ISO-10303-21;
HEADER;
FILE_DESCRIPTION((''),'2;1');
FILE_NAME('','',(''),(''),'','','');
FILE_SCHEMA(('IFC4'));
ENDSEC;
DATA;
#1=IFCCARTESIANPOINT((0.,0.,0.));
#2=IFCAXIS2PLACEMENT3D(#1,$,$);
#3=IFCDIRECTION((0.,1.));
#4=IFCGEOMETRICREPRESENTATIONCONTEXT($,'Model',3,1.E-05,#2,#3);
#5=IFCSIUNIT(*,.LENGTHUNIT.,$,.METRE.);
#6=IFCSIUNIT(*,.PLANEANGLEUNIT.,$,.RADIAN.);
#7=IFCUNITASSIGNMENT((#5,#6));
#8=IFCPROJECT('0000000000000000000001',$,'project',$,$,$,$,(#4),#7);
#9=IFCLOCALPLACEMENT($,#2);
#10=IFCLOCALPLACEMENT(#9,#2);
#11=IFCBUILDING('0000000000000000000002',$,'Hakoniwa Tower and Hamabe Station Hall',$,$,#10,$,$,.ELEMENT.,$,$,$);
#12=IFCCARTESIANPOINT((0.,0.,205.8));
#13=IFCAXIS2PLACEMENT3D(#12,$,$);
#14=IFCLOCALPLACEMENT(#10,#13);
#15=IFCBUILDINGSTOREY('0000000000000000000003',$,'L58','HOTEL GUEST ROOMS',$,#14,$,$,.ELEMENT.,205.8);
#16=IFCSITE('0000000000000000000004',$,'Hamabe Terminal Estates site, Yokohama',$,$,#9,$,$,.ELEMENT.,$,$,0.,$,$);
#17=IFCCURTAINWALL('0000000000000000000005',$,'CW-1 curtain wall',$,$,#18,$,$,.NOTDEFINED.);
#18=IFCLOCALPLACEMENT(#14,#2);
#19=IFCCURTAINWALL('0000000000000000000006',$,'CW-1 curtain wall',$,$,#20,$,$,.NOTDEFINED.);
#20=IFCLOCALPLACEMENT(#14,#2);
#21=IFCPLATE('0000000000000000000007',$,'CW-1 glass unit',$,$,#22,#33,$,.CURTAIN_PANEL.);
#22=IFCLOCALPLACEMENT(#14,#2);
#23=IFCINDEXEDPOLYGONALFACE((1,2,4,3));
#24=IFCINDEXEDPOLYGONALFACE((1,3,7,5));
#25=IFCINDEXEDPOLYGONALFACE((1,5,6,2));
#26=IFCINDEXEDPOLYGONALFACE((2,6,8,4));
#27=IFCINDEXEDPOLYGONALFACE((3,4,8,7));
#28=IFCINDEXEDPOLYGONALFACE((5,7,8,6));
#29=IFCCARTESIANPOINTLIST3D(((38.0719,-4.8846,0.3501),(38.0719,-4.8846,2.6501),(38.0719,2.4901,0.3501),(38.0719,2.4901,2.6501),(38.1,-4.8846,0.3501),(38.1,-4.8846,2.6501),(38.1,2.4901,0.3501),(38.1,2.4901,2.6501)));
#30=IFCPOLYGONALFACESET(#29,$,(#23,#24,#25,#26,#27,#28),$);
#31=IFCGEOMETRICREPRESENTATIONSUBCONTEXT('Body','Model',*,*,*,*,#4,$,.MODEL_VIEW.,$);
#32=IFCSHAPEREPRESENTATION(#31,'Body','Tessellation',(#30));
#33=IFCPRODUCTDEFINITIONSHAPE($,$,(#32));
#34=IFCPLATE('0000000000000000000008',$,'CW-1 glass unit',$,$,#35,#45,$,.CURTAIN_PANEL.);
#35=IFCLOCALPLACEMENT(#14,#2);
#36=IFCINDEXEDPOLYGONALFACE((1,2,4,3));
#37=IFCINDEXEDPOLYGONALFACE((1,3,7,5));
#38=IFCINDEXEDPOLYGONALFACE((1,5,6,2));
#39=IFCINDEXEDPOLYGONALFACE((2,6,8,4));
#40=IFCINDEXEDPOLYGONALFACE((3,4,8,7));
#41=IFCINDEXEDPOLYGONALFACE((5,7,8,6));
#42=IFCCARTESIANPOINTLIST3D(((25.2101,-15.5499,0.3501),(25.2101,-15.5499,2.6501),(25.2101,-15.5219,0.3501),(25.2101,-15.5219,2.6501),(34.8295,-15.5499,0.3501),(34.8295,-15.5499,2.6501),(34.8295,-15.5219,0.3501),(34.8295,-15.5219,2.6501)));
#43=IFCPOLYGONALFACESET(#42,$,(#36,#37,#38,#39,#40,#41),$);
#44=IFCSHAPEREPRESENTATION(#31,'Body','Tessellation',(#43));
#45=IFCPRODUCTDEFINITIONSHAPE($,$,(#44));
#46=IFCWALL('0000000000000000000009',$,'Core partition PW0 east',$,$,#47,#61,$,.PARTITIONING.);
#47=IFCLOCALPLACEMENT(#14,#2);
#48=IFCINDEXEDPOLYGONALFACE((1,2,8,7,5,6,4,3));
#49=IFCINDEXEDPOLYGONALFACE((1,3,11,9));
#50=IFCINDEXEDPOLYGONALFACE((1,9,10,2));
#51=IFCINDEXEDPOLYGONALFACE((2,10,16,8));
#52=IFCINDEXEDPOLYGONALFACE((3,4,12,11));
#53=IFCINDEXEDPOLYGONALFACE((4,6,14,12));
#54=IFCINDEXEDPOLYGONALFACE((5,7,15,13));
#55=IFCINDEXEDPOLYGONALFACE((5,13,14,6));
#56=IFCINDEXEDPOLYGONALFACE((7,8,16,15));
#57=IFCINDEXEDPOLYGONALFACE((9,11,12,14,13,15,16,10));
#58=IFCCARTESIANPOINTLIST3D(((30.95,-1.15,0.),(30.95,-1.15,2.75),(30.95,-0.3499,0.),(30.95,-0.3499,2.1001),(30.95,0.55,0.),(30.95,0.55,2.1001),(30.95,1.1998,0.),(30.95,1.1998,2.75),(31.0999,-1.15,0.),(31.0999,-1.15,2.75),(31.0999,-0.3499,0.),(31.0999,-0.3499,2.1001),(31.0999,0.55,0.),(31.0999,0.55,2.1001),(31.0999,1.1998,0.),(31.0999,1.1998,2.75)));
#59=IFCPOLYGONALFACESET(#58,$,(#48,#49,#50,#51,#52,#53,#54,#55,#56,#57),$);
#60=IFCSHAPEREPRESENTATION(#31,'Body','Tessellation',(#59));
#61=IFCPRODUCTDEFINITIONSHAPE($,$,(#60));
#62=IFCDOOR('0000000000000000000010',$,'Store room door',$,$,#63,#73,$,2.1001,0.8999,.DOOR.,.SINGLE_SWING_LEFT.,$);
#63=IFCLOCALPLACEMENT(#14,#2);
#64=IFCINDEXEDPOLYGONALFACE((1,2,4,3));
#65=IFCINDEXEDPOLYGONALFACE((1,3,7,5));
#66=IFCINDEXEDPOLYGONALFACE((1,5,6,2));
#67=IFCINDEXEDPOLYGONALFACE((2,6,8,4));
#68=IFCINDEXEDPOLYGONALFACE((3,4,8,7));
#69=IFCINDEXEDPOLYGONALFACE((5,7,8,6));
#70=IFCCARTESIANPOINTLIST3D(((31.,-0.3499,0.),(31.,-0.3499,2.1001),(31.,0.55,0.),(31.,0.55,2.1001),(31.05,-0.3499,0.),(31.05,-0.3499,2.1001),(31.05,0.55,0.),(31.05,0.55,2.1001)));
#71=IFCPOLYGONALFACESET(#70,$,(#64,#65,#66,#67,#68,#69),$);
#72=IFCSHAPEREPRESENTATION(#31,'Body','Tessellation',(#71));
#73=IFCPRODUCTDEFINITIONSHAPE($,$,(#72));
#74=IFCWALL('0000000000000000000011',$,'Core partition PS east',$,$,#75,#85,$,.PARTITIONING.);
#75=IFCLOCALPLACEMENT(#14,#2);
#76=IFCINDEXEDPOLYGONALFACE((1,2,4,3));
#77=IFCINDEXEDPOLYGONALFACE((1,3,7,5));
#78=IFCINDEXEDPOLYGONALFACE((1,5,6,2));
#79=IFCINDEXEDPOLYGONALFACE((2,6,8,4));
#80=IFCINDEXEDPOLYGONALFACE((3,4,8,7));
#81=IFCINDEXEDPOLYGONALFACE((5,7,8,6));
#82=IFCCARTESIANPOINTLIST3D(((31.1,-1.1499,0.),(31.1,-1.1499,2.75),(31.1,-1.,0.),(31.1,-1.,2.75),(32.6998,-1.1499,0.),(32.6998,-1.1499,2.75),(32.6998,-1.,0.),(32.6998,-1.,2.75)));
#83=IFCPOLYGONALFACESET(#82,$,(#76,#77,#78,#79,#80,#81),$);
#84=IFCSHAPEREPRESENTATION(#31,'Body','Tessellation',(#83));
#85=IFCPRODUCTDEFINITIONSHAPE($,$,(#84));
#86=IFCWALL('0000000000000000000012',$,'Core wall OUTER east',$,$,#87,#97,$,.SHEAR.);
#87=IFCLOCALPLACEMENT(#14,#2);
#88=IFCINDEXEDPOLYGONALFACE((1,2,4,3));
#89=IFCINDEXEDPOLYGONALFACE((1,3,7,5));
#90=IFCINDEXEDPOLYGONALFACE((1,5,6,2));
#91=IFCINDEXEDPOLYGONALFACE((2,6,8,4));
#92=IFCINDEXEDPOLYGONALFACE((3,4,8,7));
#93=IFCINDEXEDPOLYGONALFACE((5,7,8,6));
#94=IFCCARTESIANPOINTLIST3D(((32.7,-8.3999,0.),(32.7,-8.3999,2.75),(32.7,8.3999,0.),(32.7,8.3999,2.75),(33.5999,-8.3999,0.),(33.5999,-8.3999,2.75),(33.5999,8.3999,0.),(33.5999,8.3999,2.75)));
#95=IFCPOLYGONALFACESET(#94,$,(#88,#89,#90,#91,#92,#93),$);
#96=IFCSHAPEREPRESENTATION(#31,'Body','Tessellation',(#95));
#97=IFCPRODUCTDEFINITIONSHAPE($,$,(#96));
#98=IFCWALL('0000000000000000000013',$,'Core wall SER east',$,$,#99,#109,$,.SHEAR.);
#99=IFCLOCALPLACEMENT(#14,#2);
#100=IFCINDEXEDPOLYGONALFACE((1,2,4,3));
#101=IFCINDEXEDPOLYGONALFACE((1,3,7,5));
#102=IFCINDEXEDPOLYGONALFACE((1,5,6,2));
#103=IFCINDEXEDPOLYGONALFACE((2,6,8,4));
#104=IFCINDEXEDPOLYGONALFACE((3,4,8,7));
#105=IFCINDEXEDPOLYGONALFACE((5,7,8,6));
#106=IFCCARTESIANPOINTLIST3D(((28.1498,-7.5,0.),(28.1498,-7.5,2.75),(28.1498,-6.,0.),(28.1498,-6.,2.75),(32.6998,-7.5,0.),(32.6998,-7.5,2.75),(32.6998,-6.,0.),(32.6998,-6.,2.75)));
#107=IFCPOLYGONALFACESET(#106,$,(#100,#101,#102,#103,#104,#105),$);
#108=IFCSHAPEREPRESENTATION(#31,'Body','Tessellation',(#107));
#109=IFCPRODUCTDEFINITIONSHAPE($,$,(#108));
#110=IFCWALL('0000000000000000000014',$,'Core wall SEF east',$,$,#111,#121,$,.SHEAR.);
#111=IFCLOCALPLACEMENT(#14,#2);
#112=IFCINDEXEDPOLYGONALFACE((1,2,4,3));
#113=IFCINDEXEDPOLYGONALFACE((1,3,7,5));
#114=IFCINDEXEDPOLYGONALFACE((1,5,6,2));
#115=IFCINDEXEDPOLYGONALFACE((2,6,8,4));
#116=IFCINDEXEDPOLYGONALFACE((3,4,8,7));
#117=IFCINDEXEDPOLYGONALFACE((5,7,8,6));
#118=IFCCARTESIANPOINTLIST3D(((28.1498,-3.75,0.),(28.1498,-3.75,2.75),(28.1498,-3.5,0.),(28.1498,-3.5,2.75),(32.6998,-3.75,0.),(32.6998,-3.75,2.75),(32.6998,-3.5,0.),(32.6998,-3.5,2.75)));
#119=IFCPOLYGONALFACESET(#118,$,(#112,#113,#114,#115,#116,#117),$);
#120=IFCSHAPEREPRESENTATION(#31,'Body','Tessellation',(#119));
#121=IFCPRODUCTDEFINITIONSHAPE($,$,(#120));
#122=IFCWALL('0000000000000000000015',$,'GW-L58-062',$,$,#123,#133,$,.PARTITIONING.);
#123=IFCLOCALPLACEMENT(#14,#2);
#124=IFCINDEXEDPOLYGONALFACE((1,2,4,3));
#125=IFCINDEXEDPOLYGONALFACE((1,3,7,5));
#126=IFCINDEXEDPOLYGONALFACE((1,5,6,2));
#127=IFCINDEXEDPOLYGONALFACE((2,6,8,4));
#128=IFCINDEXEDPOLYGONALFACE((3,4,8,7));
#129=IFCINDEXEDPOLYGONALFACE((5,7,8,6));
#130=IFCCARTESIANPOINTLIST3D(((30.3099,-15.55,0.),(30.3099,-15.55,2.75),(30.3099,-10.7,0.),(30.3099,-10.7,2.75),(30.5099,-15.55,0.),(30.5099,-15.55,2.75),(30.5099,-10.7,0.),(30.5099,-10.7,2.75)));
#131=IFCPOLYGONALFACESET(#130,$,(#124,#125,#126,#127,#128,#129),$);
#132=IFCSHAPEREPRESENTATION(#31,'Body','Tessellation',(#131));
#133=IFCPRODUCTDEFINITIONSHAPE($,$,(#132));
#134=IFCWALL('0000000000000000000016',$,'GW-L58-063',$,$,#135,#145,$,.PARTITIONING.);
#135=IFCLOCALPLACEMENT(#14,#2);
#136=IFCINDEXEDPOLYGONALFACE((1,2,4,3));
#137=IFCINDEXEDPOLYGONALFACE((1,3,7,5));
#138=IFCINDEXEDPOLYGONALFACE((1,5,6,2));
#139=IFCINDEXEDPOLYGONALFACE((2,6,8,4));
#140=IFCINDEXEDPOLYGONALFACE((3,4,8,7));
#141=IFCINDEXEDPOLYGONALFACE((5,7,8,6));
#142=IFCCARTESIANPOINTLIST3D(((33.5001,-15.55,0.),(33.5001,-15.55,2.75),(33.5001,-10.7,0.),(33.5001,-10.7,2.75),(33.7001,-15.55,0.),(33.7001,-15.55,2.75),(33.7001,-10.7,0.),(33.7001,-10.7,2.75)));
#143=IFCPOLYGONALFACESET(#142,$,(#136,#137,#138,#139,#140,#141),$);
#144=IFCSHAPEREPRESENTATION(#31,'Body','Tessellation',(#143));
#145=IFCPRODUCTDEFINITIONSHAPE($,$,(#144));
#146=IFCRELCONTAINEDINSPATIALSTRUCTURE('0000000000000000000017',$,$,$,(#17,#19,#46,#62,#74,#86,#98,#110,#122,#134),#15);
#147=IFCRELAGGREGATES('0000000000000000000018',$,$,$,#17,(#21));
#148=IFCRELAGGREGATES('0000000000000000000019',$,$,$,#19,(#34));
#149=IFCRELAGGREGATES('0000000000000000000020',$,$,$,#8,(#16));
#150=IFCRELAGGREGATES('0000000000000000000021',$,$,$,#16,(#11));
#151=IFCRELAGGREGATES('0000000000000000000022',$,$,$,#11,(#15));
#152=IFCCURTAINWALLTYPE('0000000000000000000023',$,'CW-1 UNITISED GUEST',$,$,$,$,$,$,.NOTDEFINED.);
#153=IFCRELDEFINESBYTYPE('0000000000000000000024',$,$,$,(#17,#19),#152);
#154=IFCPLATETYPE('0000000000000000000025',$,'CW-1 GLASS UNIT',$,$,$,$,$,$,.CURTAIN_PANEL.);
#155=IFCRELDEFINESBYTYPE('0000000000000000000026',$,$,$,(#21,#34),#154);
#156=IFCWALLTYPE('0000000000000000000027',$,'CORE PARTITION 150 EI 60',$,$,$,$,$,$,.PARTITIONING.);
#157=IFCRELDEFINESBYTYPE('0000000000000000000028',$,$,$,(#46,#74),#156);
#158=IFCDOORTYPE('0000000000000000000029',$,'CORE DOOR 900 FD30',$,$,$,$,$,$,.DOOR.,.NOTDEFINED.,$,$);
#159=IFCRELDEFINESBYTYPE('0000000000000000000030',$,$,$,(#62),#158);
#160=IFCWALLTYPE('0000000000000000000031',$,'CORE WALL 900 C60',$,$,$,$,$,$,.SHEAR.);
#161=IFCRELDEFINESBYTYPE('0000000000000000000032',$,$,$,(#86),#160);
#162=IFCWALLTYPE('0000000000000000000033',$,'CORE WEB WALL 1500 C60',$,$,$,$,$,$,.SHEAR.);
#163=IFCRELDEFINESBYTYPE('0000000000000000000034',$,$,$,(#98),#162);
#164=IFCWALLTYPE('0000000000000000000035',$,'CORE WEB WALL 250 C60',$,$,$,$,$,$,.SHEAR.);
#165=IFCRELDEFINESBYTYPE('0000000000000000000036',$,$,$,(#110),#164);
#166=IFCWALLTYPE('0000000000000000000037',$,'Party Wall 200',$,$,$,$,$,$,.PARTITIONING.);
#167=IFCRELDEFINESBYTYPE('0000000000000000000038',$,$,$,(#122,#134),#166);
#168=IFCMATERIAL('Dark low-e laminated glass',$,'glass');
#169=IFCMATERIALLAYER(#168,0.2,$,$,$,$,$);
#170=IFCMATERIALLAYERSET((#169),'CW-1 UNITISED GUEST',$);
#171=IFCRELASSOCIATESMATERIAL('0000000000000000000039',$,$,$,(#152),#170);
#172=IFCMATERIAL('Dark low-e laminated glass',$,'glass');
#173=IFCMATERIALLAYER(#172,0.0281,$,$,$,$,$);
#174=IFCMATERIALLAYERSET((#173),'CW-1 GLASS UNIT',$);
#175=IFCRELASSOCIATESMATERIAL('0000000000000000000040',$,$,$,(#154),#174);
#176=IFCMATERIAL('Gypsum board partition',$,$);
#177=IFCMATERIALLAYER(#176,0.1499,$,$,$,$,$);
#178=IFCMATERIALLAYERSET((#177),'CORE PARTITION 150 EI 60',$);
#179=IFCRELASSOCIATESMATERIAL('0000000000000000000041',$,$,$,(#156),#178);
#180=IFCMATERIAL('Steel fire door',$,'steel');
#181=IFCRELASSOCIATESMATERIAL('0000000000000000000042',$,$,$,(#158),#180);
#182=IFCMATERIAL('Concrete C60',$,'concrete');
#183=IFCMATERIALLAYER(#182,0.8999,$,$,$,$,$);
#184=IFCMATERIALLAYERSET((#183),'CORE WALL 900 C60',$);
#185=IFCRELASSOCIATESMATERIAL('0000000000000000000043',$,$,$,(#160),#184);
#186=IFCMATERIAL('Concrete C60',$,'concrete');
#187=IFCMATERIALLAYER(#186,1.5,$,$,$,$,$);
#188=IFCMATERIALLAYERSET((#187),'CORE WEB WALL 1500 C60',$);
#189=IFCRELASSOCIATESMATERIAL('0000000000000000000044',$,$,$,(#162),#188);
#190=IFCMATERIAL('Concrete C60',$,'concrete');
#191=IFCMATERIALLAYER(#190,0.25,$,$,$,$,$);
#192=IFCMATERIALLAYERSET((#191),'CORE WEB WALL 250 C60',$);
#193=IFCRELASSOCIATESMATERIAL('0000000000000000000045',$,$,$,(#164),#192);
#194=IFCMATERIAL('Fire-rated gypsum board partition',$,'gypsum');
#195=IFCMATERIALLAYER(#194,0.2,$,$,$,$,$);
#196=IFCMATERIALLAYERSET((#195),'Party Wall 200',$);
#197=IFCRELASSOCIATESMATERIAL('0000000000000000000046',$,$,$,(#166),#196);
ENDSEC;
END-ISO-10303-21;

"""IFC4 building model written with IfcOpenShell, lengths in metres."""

from ifc_helpers import new_model, si_unit, direction, frame, frame_2d, origin, origin_2d, place, context, subcontext, project, spatial, rectangle, extrude, material, layer, layer_set, type_object, element, fill, aggregate, save


model = new_model("IFC4")

# Units and contexts
model_context = context("Model", 3, precision=1e-05, world=origin(), true_north=direction((0.0, 1.0)))
body_context = subcontext(model_context, "Body", "Model", "MODEL_VIEW")
ifc_project = project(units=[si_unit("LENGTHUNIT", "METRE"), si_unit("PLANEANGLEUNIT", "RADIAN")], contexts=[model_context])

# Site, building, storey
site_placement = place(None, origin())
site = spatial("IfcSite", under=ifc_project, at=site_placement, Name="Hamabe Terminal Estates site, Yokohama", CompositionType="ELEMENT", RefElevation=0.0)
building_placement = place(site_placement, origin())
building = spatial("IfcBuilding", under=site, at=building_placement, Name="Hakoniwa Tower and Hamabe Station Hall", CompositionType="ELEMENT")
storey_placement = place(building_placement, frame((0.0, 0.0, 205.8)))
storey = spatial("IfcBuildingStorey", under=building, at=storey_placement, Name="L58", Description="HOTEL GUEST ROOMS", CompositionType="ELEMENT", Elevation=205.8)

# Curtain wall
ifc_material_1 = material(Name="Dark low-e laminated glass", Category="glass")
ifc_layer_1 = layer(ifc_material_1, 0.2)
ifc_layer_set_1 = layer_set([ifc_layer_1], Name="CW-1 UNITISED GUEST")
curtain_wall_type = type_object("IfcCurtainWallType", Name="CW-1 UNITISED GUEST", PredefinedType="NOTDEFINED", material=ifc_layer_set_1)
curtain_wall_1_placement = place(storey_placement, origin())
curtain_wall_1 = element("IfcCurtainWall", 1, at=curtain_wall_1_placement, inside=storey, type_object=curtain_wall_type, Name="CW-1 curtain wall", PredefinedType="NOTDEFINED")

# Curtain wall
curtain_wall_2_placement = place(storey_placement, origin())
curtain_wall_2 = element("IfcCurtainWall", 2, at=curtain_wall_2_placement, inside=storey, type_object=curtain_wall_type, Name="CW-1 curtain wall", PredefinedType="NOTDEFINED")

# Plates
ifc_material_2 = material(Name="Dark low-e laminated glass", Category="glass")
ifc_layer_2 = layer(ifc_material_2, 0.0281)
ifc_layer_set_2 = layer_set([ifc_layer_2], Name="CW-1 GLASS UNIT")
plate_type = type_object("IfcPlateType", Name="CW-1 GLASS UNIT", PredefinedType="CURTAIN_PANEL", material=ifc_layer_set_2)
plate_1_placement = place(storey_placement, frame((38.0859, -1.1973, 0.3501), z_axis=(0.0, 0.0, 1.0), x_axis=(0.0, 1.0, 0.0)))
plate_1 = element("IfcPlate", 3, at=plate_1_placement, type_object=plate_type, Name="CW-1 glass unit", PredefinedType="CURTAIN_PANEL", context=body_context, shape_type="SweptSolid", body=[
    extrude(rectangle(XDim=7.3748, YDim=0.0281, at=origin_2d()), origin(), (0.0, 0.0, 1.0), 2.3),
])
aggregate(curtain_wall_1, [plate_1])
plate_2_placement = place(storey_placement, frame((30.0198, -15.5359, 0.3501), z_axis=(0.0, 0.0, 1.0), x_axis=(1.0, 0.0, 0.0)))
plate_2 = element("IfcPlate", 4, at=plate_2_placement, type_object=plate_type, Name="CW-1 glass unit", PredefinedType="CURTAIN_PANEL", context=body_context, shape_type="SweptSolid", body=[
    extrude(rectangle(XDim=9.6194, YDim=0.0281, at=origin_2d()), origin(), (0.0, 0.0, 1.0), 2.3),
])
aggregate(curtain_wall_2, [plate_2])

# Wall, opening, door
ifc_material_3 = material(Name="Gypsum board partition")
ifc_layer_3 = layer(ifc_material_3, 0.1499)
ifc_layer_set_3 = layer_set([ifc_layer_3], Name="CORE PARTITION 150 EI 60")
wall_type_1 = type_object("IfcWallType", Name="CORE PARTITION 150 EI 60", PredefinedType="PARTITIONING", material=ifc_layer_set_3)
wall_1_placement = place(storey_placement, frame((31.0249, -1.1499, 0.0), z_axis=(0.0, 0.0, 1.0), x_axis=(0.0, 1.0, 0.0)))
wall_1 = element("IfcWall", 5, at=wall_1_placement, inside=storey, type_object=wall_type_1, Name="Core partition PW0 east", PredefinedType="PARTITIONING", context=body_context, shape_type="SweptSolid", body=[
    extrude(rectangle(XDim=2.3499, YDim=0.1499, at=frame_2d((1.1748, 0.0))), origin(), (0.0, 0.0, 1.0), 2.75),
])
opening_placement = place(wall_1_placement, frame((0.8, 0.0, 0.0)))
opening = element("IfcOpeningElement", 6, at=opening_placement, cuts=wall_1, PredefinedType="OPENING", context=body_context, shape_type="SweptSolid", body=[
    extrude(rectangle(XDim=0.8999, YDim=2.1001, at=frame_2d((0.45, 1.05))), frame((0.0, 0.085, 0.0), z_axis=(0.0, -1.0, 0.0), x_axis=(1.0, 0.0, 0.0)), (0.0, 0.0, 1.0), 0.1699),
])
ifc_material_4 = material(Name="Steel fire door", Category="steel")
door_type = type_object("IfcDoorType", Name="CORE DOOR 900 FD30", OperationType="NOTDEFINED", PredefinedType="DOOR", material=ifc_material_4)
door_placement = place(opening_placement, origin())
door = element("IfcDoor", 7, at=door_placement, inside=storey, type_object=door_type, Name="Store room door", OperationType="SINGLE_SWING_LEFT", OverallHeight=2.1001, OverallWidth=0.8999, PredefinedType="DOOR", context=body_context, shape_type="SweptSolid", body=[
    extrude(rectangle(XDim=0.8999, YDim=2.1001, at=frame_2d((0.45, 1.05))), frame((0.0, 0.0249, 0.0), z_axis=(0.0, -1.0, 0.0), x_axis=(1.0, 0.0, 0.0)), (0.0, 0.0, 1.0), 0.05),
])
fill(opening, door)

# Walls
wall_2_placement = place(storey_placement, frame((31.1001, -1.075, 0.0), z_axis=(0.0, 0.0, 1.0), x_axis=(1.0, 0.0, 0.0)))
element("IfcWall", 8, at=wall_2_placement, inside=storey, type_object=wall_type_1, Name="Core partition PS east", PredefinedType="PARTITIONING", context=body_context, shape_type="SweptSolid", body=[
    extrude(rectangle(XDim=1.5999, YDim=0.1499, at=frame_2d((0.7998, 0.0))), origin(), (0.0, 0.0, 1.0), 2.75),
])
ifc_material_5 = material(Name="Concrete C60", Category="concrete")
ifc_layer_4 = layer(ifc_material_5, 0.8999)
ifc_layer_set_4 = layer_set([ifc_layer_4], Name="CORE WALL 900 C60")
wall_type_2 = type_object("IfcWallType", Name="CORE WALL 900 C60", PredefinedType="SHEAR", material=ifc_layer_set_4)
wall_3_placement = place(storey_placement, frame((33.1499, -8.3999, 0.0), z_axis=(0.0, 0.0, 1.0), x_axis=(0.0, 1.0, 0.0)))
element("IfcWall", 9, at=wall_3_placement, inside=storey, type_object=wall_type_2, Name="Core wall OUTER east", PredefinedType="SHEAR", context=body_context, shape_type="SweptSolid", body=[
    extrude(rectangle(XDim=16.7998, YDim=0.8999, at=frame_2d((8.3999, 0.0))), origin(), (0.0, 0.0, 1.0), 2.75),
])
ifc_material_6 = material(Name="Concrete C60", Category="concrete")
ifc_layer_5 = layer(ifc_material_6, 1.5)
ifc_layer_set_5 = layer_set([ifc_layer_5], Name="CORE WEB WALL 1500 C60")
wall_type_3 = type_object("IfcWallType", Name="CORE WEB WALL 1500 C60", PredefinedType="SHEAR", material=ifc_layer_set_5)
wall_4_placement = place(storey_placement, frame((28.1499, -6.75, 0.0), z_axis=(0.0, 0.0, 1.0), x_axis=(1.0, 0.0, 0.0)))
element("IfcWall", 10, at=wall_4_placement, inside=storey, type_object=wall_type_3, Name="Core wall SER east", PredefinedType="SHEAR", context=body_context, shape_type="SweptSolid", body=[
    extrude(rectangle(XDim=4.55, YDim=1.5, at=frame_2d((2.2749, 0.0))), origin(), (0.0, 0.0, 1.0), 2.75),
])
ifc_material_7 = material(Name="Concrete C60", Category="concrete")
ifc_layer_6 = layer(ifc_material_7, 0.25)
ifc_layer_set_6 = layer_set([ifc_layer_6], Name="CORE WEB WALL 250 C60")
wall_type_4 = type_object("IfcWallType", Name="CORE WEB WALL 250 C60", PredefinedType="SHEAR", material=ifc_layer_set_6)
wall_5_placement = place(storey_placement, frame((28.1499, -3.625, 0.0), z_axis=(0.0, 0.0, 1.0), x_axis=(1.0, 0.0, 0.0)))
element("IfcWall", 11, at=wall_5_placement, inside=storey, type_object=wall_type_4, Name="Core wall SEF east", PredefinedType="SHEAR", context=body_context, shape_type="SweptSolid", body=[
    extrude(rectangle(XDim=4.55, YDim=0.25, at=frame_2d((2.2749, 0.0))), origin(), (0.0, 0.0, 1.0), 2.75),
])
ifc_material_8 = material(Name="Fire-rated gypsum board partition", Category="gypsum")
ifc_layer_7 = layer(ifc_material_8, 0.2)
ifc_layer_set_7 = layer_set([ifc_layer_7], Name="Party Wall 200")
wall_type_5 = type_object("IfcWallType", Name="Party Wall 200", PredefinedType="PARTITIONING", material=ifc_layer_set_7)
for number, where, z_axis, x_axis, name in (
    (12, (30.4099, -15.55, 0.0), (0.0, 0.0, 1.0), (0.0, 1.0, 0.0), "GW-L58-062"),
    (13, (33.6001, -15.55, 0.0), (0.0, 0.0, 1.0), (0.0, 1.0, 0.0), "GW-L58-063"),
):
    element("IfcWall", number, at=place(storey_placement, frame(where, z_axis=z_axis, x_axis=x_axis)), inside=storey, type_object=wall_type_5, Name=name, PredefinedType="PARTITIONING", context=body_context, shape_type="SweptSolid", body=[
        extrude(rectangle(XDim=4.8501, YDim=0.2, at=frame_2d((2.425, 0.0))), origin(), (0.0, 0.0, 1.0), 2.75),
    ])

save(model, "model.ifc")
